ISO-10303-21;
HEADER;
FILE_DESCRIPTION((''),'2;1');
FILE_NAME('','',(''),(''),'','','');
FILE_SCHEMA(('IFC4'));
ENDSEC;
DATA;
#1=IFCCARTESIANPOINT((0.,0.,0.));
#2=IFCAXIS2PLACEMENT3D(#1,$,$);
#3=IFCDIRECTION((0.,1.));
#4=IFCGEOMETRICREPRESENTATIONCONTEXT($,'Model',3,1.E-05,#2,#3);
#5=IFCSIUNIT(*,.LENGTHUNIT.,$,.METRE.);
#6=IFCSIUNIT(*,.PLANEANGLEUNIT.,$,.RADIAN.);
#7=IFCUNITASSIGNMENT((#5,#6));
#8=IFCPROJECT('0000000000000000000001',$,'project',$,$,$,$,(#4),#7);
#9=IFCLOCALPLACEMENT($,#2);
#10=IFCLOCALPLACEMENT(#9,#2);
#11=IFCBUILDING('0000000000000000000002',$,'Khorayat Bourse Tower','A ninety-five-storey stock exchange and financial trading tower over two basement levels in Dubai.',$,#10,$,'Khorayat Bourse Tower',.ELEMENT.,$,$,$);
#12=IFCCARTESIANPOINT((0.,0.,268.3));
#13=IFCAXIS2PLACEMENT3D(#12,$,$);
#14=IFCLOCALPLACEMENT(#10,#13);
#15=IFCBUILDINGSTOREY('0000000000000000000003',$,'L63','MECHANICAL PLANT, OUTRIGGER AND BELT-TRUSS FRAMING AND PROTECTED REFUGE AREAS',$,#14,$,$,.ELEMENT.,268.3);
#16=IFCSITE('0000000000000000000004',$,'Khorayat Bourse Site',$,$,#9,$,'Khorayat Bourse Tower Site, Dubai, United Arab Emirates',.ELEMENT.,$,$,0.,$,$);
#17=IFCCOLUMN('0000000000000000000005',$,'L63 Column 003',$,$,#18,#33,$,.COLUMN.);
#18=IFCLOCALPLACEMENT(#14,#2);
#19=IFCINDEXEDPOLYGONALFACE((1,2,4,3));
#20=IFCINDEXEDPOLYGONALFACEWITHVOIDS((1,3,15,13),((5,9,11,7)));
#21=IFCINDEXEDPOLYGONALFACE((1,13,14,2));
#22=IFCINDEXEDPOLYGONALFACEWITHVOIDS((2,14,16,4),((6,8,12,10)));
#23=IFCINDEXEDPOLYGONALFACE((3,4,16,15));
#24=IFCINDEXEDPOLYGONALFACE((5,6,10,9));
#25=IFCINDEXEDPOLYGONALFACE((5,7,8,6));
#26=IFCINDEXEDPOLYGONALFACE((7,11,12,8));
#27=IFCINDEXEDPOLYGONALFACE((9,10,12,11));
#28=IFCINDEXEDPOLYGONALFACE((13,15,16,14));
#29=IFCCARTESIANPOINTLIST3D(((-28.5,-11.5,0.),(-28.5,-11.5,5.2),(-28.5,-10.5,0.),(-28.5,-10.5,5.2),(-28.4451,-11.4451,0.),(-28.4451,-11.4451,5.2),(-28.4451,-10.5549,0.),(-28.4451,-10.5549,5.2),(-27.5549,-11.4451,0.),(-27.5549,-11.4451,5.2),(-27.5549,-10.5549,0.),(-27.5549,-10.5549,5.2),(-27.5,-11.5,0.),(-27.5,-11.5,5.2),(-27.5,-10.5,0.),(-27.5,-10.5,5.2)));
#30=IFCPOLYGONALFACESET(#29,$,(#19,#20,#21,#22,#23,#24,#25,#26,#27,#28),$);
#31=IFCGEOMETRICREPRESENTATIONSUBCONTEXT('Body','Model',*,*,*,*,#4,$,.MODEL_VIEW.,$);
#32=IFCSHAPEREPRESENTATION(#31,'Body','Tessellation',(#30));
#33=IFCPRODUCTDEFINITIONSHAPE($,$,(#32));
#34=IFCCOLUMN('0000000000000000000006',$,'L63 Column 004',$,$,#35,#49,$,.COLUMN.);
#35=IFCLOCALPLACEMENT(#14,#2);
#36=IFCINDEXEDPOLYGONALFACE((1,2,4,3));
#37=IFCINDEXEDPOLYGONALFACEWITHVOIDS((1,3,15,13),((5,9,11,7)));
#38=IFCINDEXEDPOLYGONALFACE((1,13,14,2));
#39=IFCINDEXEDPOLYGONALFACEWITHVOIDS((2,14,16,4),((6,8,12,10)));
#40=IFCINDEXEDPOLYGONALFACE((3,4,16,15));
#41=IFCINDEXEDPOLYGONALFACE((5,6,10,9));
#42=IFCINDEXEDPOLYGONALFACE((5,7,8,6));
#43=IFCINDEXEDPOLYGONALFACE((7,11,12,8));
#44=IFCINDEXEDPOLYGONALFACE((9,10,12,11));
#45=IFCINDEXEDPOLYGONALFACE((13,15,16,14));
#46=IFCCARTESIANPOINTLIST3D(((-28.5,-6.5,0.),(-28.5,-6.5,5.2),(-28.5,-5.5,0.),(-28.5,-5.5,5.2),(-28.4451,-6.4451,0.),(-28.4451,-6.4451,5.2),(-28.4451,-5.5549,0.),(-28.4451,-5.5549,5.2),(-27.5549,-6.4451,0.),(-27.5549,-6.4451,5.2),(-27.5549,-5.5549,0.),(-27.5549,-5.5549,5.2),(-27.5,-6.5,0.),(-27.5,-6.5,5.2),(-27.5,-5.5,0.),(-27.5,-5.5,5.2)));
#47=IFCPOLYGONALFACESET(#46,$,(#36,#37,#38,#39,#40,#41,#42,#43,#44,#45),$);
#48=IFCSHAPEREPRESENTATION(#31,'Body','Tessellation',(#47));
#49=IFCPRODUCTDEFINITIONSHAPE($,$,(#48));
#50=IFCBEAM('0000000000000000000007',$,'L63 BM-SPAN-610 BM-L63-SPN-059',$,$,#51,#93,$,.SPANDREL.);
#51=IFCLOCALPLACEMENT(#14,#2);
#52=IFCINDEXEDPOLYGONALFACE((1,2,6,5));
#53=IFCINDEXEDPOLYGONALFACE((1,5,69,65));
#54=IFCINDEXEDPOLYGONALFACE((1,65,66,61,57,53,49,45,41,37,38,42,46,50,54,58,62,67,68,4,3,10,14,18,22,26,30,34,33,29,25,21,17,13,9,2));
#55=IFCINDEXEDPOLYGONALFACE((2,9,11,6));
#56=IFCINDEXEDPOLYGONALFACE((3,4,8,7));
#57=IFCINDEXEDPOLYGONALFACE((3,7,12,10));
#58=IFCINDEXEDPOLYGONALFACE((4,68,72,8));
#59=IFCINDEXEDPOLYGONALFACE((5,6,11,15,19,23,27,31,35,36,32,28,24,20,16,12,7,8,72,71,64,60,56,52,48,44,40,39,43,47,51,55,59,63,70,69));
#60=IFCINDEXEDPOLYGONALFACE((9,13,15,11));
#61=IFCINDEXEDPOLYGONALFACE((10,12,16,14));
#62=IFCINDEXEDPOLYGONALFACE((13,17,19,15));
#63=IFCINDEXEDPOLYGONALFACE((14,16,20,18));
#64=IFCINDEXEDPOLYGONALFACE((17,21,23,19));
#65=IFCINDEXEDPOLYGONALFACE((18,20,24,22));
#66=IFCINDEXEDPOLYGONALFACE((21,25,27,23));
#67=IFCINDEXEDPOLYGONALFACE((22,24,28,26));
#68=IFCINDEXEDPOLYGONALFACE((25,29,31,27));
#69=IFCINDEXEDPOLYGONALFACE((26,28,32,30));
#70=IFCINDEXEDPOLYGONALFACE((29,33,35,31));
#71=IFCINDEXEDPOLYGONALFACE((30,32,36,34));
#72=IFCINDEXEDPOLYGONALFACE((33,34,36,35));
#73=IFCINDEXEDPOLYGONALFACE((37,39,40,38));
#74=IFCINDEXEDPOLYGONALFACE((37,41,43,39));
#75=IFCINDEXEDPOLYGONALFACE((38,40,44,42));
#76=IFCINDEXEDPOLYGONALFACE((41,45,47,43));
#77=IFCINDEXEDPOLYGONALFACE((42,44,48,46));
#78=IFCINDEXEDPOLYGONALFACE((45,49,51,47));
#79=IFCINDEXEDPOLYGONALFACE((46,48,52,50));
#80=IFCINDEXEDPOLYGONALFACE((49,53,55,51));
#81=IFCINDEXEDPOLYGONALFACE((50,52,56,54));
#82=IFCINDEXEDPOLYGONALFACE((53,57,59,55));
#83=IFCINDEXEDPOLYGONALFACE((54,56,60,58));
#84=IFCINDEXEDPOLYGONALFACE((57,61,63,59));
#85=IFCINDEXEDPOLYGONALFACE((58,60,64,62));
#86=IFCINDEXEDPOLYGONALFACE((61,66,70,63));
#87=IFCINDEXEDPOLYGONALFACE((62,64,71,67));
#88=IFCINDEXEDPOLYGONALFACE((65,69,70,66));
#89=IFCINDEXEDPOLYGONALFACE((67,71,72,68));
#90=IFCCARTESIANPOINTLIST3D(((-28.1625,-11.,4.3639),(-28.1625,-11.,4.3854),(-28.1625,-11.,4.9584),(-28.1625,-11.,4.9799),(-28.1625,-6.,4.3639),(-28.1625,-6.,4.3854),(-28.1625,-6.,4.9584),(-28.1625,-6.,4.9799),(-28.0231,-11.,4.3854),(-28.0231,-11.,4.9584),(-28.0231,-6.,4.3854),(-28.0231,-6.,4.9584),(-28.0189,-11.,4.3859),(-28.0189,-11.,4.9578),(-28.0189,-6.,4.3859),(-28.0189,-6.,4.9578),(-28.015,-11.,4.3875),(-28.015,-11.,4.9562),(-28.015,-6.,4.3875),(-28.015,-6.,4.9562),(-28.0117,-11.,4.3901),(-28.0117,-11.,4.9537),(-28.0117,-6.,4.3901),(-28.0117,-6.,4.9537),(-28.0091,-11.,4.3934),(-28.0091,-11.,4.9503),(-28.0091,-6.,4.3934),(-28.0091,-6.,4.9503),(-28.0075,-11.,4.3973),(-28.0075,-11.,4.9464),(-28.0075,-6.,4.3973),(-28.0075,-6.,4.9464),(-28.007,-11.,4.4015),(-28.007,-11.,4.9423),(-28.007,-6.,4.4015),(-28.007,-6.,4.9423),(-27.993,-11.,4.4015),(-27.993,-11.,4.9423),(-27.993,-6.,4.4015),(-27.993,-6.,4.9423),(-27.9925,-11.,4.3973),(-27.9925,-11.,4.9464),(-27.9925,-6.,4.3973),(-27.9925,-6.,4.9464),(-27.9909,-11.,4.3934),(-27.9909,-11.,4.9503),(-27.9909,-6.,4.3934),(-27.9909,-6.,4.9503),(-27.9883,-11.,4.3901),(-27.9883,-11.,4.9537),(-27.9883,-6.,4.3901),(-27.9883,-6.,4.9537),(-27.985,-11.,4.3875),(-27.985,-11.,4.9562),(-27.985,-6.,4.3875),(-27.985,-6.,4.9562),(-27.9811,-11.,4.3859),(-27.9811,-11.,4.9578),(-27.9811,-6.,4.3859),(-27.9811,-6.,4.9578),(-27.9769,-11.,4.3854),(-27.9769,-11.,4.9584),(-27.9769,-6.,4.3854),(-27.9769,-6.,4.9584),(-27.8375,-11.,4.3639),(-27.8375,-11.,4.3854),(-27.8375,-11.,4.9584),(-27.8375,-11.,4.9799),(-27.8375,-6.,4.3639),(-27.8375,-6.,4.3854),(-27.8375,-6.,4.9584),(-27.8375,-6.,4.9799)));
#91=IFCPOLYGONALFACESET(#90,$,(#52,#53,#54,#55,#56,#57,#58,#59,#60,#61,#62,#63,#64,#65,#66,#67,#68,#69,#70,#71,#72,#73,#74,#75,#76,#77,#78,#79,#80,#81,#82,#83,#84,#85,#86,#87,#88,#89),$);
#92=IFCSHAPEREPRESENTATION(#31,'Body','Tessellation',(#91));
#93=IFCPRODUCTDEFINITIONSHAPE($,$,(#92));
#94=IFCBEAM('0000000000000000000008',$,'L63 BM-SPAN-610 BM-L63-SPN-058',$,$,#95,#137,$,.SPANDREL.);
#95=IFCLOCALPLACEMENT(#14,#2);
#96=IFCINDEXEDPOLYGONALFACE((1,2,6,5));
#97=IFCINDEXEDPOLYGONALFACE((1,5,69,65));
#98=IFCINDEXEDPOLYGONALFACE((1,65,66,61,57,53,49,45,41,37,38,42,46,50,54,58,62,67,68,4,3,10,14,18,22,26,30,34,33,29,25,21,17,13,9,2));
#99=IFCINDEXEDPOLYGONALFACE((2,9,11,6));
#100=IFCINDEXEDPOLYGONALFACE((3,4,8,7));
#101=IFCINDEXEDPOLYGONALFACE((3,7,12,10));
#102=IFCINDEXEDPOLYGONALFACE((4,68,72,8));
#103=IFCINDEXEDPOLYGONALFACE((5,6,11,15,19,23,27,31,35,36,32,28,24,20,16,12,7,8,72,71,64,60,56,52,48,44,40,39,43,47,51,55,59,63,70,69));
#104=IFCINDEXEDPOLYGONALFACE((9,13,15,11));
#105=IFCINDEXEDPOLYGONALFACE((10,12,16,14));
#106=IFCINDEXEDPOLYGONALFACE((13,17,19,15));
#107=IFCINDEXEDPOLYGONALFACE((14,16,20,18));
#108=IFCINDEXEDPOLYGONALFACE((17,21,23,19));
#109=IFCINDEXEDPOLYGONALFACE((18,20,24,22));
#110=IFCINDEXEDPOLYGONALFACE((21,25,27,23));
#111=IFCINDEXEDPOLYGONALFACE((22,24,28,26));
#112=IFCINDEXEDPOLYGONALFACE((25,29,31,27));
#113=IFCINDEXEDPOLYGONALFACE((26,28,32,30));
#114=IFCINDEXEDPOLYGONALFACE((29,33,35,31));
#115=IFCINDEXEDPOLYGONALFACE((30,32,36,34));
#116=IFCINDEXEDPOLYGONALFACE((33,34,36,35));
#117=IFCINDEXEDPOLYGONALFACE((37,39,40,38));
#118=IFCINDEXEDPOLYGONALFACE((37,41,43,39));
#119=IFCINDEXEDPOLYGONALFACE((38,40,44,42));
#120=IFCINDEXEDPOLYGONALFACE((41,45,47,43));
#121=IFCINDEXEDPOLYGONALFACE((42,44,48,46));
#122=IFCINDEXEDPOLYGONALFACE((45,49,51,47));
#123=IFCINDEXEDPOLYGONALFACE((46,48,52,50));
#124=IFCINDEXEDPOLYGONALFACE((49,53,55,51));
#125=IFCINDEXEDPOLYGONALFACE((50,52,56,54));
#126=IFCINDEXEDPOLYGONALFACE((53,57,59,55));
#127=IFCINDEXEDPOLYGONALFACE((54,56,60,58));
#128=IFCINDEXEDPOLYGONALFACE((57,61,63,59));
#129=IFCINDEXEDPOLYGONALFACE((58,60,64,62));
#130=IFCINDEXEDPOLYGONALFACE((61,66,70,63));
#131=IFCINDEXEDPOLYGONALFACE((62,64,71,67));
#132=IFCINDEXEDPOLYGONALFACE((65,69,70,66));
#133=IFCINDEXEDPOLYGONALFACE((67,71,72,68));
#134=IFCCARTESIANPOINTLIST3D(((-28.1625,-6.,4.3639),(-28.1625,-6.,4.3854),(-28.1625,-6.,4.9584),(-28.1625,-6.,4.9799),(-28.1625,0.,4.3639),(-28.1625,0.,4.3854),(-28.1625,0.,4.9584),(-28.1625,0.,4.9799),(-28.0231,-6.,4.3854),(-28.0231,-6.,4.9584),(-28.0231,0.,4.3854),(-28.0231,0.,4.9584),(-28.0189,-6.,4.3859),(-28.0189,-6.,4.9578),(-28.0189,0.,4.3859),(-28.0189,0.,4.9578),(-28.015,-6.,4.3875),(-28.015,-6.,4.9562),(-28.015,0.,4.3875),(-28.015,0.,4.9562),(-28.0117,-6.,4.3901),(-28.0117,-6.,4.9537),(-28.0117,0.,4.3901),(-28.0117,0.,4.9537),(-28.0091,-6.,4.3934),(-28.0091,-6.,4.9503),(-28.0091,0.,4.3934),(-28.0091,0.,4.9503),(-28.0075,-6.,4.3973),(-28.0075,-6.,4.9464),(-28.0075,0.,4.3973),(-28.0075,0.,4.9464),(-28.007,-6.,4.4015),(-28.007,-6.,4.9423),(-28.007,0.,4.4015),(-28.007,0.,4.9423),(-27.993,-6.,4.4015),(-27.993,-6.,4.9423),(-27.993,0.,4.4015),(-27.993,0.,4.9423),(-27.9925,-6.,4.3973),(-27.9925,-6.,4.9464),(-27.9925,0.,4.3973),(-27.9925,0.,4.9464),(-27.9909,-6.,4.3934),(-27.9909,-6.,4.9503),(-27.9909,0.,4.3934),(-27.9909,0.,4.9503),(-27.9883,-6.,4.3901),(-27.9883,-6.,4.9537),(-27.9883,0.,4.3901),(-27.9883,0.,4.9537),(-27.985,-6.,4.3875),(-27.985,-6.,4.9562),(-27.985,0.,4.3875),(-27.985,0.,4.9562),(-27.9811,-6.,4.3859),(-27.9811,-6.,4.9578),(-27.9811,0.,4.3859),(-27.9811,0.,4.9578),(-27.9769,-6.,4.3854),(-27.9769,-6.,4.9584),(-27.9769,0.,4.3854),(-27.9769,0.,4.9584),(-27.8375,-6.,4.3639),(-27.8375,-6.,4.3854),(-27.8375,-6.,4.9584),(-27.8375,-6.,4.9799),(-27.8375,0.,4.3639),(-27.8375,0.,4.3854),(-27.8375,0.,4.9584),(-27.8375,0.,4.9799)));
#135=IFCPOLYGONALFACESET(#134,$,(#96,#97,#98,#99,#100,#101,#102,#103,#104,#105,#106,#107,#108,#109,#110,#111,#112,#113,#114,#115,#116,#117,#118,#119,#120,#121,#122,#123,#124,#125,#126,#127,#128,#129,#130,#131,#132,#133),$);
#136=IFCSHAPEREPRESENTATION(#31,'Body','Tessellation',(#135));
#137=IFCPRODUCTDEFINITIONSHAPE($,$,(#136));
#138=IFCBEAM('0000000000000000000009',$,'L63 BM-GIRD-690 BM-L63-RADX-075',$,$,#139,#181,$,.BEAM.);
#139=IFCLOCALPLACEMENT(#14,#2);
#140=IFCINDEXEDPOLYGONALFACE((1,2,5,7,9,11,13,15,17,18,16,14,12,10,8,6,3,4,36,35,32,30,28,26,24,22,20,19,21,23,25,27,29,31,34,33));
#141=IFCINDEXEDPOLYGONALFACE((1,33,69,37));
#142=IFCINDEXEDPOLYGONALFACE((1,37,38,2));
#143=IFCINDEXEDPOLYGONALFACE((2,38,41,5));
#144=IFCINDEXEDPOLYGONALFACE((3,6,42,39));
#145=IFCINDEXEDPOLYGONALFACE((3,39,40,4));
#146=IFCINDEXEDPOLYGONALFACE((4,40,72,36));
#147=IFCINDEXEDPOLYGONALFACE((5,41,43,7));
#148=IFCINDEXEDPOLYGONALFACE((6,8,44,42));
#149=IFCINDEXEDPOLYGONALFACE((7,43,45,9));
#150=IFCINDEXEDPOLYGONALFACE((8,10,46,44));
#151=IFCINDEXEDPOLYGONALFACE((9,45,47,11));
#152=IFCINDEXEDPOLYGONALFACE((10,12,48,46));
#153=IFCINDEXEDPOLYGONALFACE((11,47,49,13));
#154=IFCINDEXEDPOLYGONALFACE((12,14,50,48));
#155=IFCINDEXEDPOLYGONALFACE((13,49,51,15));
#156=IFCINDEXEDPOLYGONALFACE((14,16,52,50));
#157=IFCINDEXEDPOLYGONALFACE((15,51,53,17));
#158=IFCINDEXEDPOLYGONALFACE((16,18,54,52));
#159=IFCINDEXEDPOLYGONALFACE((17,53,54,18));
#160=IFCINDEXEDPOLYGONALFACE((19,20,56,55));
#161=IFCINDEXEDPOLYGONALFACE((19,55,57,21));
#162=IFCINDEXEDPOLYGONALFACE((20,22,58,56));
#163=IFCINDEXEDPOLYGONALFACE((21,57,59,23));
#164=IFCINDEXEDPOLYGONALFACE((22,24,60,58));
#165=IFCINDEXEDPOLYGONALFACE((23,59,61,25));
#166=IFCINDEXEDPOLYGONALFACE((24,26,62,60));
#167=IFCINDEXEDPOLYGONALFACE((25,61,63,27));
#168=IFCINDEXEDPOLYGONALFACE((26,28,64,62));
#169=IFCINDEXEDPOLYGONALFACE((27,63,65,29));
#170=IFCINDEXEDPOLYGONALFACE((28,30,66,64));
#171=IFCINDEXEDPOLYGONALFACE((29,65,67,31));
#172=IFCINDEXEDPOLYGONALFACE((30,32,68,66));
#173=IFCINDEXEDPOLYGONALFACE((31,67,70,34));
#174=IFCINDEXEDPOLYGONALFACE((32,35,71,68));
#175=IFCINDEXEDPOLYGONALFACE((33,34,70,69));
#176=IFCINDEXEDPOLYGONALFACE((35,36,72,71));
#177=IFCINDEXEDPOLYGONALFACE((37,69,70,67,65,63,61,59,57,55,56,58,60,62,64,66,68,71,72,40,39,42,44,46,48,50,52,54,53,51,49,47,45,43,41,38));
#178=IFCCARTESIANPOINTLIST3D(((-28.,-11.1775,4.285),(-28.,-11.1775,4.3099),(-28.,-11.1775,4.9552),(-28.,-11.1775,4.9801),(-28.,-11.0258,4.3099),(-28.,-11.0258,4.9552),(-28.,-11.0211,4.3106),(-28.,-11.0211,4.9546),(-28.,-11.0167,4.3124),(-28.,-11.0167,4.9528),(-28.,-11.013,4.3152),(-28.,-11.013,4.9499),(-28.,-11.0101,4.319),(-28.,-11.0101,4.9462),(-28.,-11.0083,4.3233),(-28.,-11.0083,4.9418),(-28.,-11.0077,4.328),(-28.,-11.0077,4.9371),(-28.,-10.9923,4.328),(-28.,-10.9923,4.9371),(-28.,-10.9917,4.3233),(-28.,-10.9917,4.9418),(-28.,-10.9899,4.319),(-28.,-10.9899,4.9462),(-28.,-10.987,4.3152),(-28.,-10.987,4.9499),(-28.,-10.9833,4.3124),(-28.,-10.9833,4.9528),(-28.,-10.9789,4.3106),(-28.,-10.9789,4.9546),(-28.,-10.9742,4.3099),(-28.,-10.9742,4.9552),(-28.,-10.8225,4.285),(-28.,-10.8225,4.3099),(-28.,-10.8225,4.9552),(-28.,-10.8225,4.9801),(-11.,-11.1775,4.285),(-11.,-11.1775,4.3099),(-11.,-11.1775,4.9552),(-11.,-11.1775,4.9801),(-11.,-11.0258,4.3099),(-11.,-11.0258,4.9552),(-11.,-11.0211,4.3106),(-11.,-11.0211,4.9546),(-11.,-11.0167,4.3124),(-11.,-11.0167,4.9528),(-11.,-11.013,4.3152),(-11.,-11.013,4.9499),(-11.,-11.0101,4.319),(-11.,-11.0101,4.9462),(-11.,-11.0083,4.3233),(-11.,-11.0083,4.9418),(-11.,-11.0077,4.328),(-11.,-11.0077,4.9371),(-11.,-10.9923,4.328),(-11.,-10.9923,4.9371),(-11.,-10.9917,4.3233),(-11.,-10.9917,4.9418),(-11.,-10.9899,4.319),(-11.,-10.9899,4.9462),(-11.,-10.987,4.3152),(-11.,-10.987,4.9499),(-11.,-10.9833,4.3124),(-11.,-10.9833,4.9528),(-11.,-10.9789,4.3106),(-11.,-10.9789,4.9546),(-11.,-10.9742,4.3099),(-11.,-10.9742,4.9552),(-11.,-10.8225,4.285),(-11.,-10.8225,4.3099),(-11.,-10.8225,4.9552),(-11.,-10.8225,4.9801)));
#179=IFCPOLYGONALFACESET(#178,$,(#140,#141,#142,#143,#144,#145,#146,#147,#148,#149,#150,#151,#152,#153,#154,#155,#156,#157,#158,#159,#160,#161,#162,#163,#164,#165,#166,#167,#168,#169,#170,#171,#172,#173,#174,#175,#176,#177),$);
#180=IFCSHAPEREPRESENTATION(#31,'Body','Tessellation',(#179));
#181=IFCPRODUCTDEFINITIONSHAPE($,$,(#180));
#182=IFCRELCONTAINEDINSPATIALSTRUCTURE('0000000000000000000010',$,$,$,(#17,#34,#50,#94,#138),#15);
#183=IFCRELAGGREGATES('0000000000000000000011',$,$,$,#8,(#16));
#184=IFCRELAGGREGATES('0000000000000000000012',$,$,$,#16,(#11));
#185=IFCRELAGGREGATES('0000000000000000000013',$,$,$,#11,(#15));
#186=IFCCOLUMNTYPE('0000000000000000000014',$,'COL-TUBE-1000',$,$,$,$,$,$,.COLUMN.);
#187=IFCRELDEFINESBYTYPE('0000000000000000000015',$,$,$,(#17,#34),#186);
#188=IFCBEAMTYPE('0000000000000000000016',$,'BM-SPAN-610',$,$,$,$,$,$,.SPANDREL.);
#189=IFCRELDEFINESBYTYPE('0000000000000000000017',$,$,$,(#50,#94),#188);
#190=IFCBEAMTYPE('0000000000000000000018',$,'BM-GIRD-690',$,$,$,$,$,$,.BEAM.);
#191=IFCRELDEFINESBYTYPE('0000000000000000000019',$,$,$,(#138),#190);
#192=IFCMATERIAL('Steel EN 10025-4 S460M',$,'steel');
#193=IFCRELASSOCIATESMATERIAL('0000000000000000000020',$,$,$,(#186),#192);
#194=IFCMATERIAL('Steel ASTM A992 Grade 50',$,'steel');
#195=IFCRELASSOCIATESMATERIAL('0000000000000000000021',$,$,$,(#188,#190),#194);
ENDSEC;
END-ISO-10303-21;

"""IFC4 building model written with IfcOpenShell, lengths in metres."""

from ifc_helpers import new_model, si_unit, direction, frame, origin, origin_2d, place, context, subcontext, project, spatial, hollow_rectangle, i_section, extrude, source, transform, mapped, material, material_profile, profile_set, type_object, element, save


model = new_model("IFC4")

# Units and contexts
model_context = context("Model", 3, precision=1e-05, world=origin(), true_north=direction((0.0, 1.0)))
body_context = subcontext(model_context, "Body", "Model", "MODEL_VIEW")
ifc_project = project(units=[si_unit("LENGTHUNIT", "METRE"), si_unit("PLANEANGLEUNIT", "RADIAN")], contexts=[model_context])

# Site, building, storey
site_placement = place(None, origin())
site = spatial("IfcSite", under=ifc_project, at=site_placement, Name="Khorayat Bourse Site", LongName="Khorayat Bourse Tower Site, Dubai, United Arab Emirates", CompositionType="ELEMENT", RefElevation=0.0)
building_placement = place(site_placement, origin())
building = spatial("IfcBuilding", under=site, at=building_placement, Name="Khorayat Bourse Tower", Description="A ninety-five-storey stock exchange and financial trading tower over two basement levels in Dubai.", LongName="Khorayat Bourse Tower", CompositionType="ELEMENT")
storey_placement = place(building_placement, frame((0.0, 0.0, 268.3)))
storey = spatial("IfcBuildingStorey", under=building, at=storey_placement, Name="L63", Description="MECHANICAL PLANT, OUTRIGGER AND BELT-TRUSS FRAMING AND PROTECTED REFUGE AREAS", CompositionType="ELEMENT", Elevation=268.3)

# Columns
ifc_material_1 = material(Name="Steel EN 10025-4 S460M", Category="steel")
ifc_material_profile_1 = material_profile(ifc_material_1, hollow_rectangle(XDim=1.0, YDim=1.0, WallThickness=0.0549, at=origin_2d()), Name="BOX 1000x1000x55")
ifc_profile_set_1 = profile_set([ifc_material_profile_1], Name="Steel EN 10025-4 S460M")
column_type = type_object("IfcColumnType", Name="COL-TUBE-1000", PredefinedType="COLUMN", material=ifc_profile_set_1)
shared_shape_1 = source(origin(), body_context, "Body", "SweptSolid", [
    extrude(hollow_rectangle(XDim=1.0, YDim=1.0, WallThickness=0.0549, at=origin_2d()), origin(), (0.0, 0.0, 1.0), 5.2),
])
for number, where, z_axis, x_axis, name in (
    (1, (-28.0, -11.0, 0.0), (0.0, 0.0, 1.0), (1.0, 0.0, 0.0), "L63 Column 003"),
    (2, (-28.0, -6.0, 0.0), (0.0, 0.0, 1.0), (1.0, 0.0, 0.0), "L63 Column 004"),
):
    element("IfcColumn", number, at=place(storey_placement, frame(where, z_axis=z_axis, x_axis=x_axis)), inside=storey, type_object=column_type, Name=name, PredefinedType="COLUMN", context=body_context, shape_type="MappedRepresentation", body=[
        mapped(shared_shape_1, transform((0.0, 0.0, 0.0), scale=1.0)),
    ])

# Beams
ifc_material_2 = material(Name="Steel ASTM A992 Grade 50", Category="steel")
ifc_material_profile_2 = material_profile(ifc_material_2, i_section(OverallWidth=0.325, OverallDepth=0.616, WebThickness=0.0139, FlangeThickness=0.0215, FilletRadius=0.0161, at=origin_2d()), Name="W610X174")
ifc_profile_set_2 = profile_set([ifc_material_profile_2], Name="Steel ASTM A992 Grade 50")
beam_type_1 = type_object("IfcBeamType", Name="BM-SPAN-610", PredefinedType="SPANDREL", material=ifc_profile_set_2)
shared_shape_2 = source(origin(), body_context, "Body", "SweptSolid", [
    extrude(i_section(OverallWidth=0.325, OverallDepth=0.616, WebThickness=0.0139, FlangeThickness=0.0215, FilletRadius=0.0161, at=origin_2d()), origin(), (0.0, 0.0, 1.0), 5.0),
])
beam_1_placement = place(storey_placement, frame((-28.0, -11.0, 4.6719), z_axis=(0.0, 1.0, 0.0), x_axis=(-1.0, 0.0, 0.0)))
element("IfcBeam", 3, at=beam_1_placement, inside=storey, type_object=beam_type_1, Name="L63 BM-SPAN-610 BM-L63-SPN-059", PredefinedType="SPANDREL", context=body_context, shape_type="MappedRepresentation", body=[
    mapped(shared_shape_2, transform((0.0, 0.0, 0.0), scale=1.0)),
])
shared_shape_3 = source(origin(), body_context, "Body", "SweptSolid", [
    extrude(i_section(OverallWidth=0.325, OverallDepth=0.616, WebThickness=0.0139, FlangeThickness=0.0215, FilletRadius=0.0161, at=origin_2d()), origin(), (0.0, 0.0, 1.0), 6.0),
])
beam_2_placement = place(storey_placement, frame((-28.0, -6.0, 4.6719), z_axis=(0.0, 1.0, 0.0), x_axis=(-1.0, 0.0, 0.0)))
element("IfcBeam", 4, at=beam_2_placement, inside=storey, type_object=beam_type_1, Name="L63 BM-SPAN-610 BM-L63-SPN-058", PredefinedType="SPANDREL", context=body_context, shape_type="MappedRepresentation", body=[
    mapped(shared_shape_3, transform((0.0, 0.0, 0.0), scale=1.0)),
])
ifc_material_profile_3 = material_profile(ifc_material_2, i_section(OverallWidth=0.355, OverallDepth=0.6951, WebThickness=0.0154, FlangeThickness=0.0249, FilletRadius=0.0181, at=origin_2d()), Name="W690X217")
ifc_profile_set_3 = profile_set([ifc_material_profile_3], Name="Steel ASTM A992 Grade 50")
beam_type_2 = type_object("IfcBeamType", Name="BM-GIRD-690", PredefinedType="BEAM", material=ifc_profile_set_3)
shared_shape_4 = source(origin(), body_context, "Body", "SweptSolid", [
    extrude(i_section(OverallWidth=0.355, OverallDepth=0.6951, WebThickness=0.0154, FlangeThickness=0.0249, FilletRadius=0.0181, at=origin_2d()), origin(), (0.0, 0.0, 1.0), 17.0),
])
for number, where, z_axis, x_axis, name in (
    (5, (-28.0, -11.0, 4.6326), (1.0, 0.0, 0.0), (0.0, 1.0, 0.0), "L63 BM-GIRD-690 BM-L63-RADX-075"),
):
    element("IfcBeam", number, at=place(storey_placement, frame(where, z_axis=z_axis, x_axis=x_axis)), inside=storey, type_object=beam_type_2, Name=name, PredefinedType="BEAM", context=body_context, shape_type="MappedRepresentation", body=[
        mapped(shared_shape_4, transform((0.0, 0.0, 0.0), scale=1.0)),
    ])

save(model, "model.ifc")
